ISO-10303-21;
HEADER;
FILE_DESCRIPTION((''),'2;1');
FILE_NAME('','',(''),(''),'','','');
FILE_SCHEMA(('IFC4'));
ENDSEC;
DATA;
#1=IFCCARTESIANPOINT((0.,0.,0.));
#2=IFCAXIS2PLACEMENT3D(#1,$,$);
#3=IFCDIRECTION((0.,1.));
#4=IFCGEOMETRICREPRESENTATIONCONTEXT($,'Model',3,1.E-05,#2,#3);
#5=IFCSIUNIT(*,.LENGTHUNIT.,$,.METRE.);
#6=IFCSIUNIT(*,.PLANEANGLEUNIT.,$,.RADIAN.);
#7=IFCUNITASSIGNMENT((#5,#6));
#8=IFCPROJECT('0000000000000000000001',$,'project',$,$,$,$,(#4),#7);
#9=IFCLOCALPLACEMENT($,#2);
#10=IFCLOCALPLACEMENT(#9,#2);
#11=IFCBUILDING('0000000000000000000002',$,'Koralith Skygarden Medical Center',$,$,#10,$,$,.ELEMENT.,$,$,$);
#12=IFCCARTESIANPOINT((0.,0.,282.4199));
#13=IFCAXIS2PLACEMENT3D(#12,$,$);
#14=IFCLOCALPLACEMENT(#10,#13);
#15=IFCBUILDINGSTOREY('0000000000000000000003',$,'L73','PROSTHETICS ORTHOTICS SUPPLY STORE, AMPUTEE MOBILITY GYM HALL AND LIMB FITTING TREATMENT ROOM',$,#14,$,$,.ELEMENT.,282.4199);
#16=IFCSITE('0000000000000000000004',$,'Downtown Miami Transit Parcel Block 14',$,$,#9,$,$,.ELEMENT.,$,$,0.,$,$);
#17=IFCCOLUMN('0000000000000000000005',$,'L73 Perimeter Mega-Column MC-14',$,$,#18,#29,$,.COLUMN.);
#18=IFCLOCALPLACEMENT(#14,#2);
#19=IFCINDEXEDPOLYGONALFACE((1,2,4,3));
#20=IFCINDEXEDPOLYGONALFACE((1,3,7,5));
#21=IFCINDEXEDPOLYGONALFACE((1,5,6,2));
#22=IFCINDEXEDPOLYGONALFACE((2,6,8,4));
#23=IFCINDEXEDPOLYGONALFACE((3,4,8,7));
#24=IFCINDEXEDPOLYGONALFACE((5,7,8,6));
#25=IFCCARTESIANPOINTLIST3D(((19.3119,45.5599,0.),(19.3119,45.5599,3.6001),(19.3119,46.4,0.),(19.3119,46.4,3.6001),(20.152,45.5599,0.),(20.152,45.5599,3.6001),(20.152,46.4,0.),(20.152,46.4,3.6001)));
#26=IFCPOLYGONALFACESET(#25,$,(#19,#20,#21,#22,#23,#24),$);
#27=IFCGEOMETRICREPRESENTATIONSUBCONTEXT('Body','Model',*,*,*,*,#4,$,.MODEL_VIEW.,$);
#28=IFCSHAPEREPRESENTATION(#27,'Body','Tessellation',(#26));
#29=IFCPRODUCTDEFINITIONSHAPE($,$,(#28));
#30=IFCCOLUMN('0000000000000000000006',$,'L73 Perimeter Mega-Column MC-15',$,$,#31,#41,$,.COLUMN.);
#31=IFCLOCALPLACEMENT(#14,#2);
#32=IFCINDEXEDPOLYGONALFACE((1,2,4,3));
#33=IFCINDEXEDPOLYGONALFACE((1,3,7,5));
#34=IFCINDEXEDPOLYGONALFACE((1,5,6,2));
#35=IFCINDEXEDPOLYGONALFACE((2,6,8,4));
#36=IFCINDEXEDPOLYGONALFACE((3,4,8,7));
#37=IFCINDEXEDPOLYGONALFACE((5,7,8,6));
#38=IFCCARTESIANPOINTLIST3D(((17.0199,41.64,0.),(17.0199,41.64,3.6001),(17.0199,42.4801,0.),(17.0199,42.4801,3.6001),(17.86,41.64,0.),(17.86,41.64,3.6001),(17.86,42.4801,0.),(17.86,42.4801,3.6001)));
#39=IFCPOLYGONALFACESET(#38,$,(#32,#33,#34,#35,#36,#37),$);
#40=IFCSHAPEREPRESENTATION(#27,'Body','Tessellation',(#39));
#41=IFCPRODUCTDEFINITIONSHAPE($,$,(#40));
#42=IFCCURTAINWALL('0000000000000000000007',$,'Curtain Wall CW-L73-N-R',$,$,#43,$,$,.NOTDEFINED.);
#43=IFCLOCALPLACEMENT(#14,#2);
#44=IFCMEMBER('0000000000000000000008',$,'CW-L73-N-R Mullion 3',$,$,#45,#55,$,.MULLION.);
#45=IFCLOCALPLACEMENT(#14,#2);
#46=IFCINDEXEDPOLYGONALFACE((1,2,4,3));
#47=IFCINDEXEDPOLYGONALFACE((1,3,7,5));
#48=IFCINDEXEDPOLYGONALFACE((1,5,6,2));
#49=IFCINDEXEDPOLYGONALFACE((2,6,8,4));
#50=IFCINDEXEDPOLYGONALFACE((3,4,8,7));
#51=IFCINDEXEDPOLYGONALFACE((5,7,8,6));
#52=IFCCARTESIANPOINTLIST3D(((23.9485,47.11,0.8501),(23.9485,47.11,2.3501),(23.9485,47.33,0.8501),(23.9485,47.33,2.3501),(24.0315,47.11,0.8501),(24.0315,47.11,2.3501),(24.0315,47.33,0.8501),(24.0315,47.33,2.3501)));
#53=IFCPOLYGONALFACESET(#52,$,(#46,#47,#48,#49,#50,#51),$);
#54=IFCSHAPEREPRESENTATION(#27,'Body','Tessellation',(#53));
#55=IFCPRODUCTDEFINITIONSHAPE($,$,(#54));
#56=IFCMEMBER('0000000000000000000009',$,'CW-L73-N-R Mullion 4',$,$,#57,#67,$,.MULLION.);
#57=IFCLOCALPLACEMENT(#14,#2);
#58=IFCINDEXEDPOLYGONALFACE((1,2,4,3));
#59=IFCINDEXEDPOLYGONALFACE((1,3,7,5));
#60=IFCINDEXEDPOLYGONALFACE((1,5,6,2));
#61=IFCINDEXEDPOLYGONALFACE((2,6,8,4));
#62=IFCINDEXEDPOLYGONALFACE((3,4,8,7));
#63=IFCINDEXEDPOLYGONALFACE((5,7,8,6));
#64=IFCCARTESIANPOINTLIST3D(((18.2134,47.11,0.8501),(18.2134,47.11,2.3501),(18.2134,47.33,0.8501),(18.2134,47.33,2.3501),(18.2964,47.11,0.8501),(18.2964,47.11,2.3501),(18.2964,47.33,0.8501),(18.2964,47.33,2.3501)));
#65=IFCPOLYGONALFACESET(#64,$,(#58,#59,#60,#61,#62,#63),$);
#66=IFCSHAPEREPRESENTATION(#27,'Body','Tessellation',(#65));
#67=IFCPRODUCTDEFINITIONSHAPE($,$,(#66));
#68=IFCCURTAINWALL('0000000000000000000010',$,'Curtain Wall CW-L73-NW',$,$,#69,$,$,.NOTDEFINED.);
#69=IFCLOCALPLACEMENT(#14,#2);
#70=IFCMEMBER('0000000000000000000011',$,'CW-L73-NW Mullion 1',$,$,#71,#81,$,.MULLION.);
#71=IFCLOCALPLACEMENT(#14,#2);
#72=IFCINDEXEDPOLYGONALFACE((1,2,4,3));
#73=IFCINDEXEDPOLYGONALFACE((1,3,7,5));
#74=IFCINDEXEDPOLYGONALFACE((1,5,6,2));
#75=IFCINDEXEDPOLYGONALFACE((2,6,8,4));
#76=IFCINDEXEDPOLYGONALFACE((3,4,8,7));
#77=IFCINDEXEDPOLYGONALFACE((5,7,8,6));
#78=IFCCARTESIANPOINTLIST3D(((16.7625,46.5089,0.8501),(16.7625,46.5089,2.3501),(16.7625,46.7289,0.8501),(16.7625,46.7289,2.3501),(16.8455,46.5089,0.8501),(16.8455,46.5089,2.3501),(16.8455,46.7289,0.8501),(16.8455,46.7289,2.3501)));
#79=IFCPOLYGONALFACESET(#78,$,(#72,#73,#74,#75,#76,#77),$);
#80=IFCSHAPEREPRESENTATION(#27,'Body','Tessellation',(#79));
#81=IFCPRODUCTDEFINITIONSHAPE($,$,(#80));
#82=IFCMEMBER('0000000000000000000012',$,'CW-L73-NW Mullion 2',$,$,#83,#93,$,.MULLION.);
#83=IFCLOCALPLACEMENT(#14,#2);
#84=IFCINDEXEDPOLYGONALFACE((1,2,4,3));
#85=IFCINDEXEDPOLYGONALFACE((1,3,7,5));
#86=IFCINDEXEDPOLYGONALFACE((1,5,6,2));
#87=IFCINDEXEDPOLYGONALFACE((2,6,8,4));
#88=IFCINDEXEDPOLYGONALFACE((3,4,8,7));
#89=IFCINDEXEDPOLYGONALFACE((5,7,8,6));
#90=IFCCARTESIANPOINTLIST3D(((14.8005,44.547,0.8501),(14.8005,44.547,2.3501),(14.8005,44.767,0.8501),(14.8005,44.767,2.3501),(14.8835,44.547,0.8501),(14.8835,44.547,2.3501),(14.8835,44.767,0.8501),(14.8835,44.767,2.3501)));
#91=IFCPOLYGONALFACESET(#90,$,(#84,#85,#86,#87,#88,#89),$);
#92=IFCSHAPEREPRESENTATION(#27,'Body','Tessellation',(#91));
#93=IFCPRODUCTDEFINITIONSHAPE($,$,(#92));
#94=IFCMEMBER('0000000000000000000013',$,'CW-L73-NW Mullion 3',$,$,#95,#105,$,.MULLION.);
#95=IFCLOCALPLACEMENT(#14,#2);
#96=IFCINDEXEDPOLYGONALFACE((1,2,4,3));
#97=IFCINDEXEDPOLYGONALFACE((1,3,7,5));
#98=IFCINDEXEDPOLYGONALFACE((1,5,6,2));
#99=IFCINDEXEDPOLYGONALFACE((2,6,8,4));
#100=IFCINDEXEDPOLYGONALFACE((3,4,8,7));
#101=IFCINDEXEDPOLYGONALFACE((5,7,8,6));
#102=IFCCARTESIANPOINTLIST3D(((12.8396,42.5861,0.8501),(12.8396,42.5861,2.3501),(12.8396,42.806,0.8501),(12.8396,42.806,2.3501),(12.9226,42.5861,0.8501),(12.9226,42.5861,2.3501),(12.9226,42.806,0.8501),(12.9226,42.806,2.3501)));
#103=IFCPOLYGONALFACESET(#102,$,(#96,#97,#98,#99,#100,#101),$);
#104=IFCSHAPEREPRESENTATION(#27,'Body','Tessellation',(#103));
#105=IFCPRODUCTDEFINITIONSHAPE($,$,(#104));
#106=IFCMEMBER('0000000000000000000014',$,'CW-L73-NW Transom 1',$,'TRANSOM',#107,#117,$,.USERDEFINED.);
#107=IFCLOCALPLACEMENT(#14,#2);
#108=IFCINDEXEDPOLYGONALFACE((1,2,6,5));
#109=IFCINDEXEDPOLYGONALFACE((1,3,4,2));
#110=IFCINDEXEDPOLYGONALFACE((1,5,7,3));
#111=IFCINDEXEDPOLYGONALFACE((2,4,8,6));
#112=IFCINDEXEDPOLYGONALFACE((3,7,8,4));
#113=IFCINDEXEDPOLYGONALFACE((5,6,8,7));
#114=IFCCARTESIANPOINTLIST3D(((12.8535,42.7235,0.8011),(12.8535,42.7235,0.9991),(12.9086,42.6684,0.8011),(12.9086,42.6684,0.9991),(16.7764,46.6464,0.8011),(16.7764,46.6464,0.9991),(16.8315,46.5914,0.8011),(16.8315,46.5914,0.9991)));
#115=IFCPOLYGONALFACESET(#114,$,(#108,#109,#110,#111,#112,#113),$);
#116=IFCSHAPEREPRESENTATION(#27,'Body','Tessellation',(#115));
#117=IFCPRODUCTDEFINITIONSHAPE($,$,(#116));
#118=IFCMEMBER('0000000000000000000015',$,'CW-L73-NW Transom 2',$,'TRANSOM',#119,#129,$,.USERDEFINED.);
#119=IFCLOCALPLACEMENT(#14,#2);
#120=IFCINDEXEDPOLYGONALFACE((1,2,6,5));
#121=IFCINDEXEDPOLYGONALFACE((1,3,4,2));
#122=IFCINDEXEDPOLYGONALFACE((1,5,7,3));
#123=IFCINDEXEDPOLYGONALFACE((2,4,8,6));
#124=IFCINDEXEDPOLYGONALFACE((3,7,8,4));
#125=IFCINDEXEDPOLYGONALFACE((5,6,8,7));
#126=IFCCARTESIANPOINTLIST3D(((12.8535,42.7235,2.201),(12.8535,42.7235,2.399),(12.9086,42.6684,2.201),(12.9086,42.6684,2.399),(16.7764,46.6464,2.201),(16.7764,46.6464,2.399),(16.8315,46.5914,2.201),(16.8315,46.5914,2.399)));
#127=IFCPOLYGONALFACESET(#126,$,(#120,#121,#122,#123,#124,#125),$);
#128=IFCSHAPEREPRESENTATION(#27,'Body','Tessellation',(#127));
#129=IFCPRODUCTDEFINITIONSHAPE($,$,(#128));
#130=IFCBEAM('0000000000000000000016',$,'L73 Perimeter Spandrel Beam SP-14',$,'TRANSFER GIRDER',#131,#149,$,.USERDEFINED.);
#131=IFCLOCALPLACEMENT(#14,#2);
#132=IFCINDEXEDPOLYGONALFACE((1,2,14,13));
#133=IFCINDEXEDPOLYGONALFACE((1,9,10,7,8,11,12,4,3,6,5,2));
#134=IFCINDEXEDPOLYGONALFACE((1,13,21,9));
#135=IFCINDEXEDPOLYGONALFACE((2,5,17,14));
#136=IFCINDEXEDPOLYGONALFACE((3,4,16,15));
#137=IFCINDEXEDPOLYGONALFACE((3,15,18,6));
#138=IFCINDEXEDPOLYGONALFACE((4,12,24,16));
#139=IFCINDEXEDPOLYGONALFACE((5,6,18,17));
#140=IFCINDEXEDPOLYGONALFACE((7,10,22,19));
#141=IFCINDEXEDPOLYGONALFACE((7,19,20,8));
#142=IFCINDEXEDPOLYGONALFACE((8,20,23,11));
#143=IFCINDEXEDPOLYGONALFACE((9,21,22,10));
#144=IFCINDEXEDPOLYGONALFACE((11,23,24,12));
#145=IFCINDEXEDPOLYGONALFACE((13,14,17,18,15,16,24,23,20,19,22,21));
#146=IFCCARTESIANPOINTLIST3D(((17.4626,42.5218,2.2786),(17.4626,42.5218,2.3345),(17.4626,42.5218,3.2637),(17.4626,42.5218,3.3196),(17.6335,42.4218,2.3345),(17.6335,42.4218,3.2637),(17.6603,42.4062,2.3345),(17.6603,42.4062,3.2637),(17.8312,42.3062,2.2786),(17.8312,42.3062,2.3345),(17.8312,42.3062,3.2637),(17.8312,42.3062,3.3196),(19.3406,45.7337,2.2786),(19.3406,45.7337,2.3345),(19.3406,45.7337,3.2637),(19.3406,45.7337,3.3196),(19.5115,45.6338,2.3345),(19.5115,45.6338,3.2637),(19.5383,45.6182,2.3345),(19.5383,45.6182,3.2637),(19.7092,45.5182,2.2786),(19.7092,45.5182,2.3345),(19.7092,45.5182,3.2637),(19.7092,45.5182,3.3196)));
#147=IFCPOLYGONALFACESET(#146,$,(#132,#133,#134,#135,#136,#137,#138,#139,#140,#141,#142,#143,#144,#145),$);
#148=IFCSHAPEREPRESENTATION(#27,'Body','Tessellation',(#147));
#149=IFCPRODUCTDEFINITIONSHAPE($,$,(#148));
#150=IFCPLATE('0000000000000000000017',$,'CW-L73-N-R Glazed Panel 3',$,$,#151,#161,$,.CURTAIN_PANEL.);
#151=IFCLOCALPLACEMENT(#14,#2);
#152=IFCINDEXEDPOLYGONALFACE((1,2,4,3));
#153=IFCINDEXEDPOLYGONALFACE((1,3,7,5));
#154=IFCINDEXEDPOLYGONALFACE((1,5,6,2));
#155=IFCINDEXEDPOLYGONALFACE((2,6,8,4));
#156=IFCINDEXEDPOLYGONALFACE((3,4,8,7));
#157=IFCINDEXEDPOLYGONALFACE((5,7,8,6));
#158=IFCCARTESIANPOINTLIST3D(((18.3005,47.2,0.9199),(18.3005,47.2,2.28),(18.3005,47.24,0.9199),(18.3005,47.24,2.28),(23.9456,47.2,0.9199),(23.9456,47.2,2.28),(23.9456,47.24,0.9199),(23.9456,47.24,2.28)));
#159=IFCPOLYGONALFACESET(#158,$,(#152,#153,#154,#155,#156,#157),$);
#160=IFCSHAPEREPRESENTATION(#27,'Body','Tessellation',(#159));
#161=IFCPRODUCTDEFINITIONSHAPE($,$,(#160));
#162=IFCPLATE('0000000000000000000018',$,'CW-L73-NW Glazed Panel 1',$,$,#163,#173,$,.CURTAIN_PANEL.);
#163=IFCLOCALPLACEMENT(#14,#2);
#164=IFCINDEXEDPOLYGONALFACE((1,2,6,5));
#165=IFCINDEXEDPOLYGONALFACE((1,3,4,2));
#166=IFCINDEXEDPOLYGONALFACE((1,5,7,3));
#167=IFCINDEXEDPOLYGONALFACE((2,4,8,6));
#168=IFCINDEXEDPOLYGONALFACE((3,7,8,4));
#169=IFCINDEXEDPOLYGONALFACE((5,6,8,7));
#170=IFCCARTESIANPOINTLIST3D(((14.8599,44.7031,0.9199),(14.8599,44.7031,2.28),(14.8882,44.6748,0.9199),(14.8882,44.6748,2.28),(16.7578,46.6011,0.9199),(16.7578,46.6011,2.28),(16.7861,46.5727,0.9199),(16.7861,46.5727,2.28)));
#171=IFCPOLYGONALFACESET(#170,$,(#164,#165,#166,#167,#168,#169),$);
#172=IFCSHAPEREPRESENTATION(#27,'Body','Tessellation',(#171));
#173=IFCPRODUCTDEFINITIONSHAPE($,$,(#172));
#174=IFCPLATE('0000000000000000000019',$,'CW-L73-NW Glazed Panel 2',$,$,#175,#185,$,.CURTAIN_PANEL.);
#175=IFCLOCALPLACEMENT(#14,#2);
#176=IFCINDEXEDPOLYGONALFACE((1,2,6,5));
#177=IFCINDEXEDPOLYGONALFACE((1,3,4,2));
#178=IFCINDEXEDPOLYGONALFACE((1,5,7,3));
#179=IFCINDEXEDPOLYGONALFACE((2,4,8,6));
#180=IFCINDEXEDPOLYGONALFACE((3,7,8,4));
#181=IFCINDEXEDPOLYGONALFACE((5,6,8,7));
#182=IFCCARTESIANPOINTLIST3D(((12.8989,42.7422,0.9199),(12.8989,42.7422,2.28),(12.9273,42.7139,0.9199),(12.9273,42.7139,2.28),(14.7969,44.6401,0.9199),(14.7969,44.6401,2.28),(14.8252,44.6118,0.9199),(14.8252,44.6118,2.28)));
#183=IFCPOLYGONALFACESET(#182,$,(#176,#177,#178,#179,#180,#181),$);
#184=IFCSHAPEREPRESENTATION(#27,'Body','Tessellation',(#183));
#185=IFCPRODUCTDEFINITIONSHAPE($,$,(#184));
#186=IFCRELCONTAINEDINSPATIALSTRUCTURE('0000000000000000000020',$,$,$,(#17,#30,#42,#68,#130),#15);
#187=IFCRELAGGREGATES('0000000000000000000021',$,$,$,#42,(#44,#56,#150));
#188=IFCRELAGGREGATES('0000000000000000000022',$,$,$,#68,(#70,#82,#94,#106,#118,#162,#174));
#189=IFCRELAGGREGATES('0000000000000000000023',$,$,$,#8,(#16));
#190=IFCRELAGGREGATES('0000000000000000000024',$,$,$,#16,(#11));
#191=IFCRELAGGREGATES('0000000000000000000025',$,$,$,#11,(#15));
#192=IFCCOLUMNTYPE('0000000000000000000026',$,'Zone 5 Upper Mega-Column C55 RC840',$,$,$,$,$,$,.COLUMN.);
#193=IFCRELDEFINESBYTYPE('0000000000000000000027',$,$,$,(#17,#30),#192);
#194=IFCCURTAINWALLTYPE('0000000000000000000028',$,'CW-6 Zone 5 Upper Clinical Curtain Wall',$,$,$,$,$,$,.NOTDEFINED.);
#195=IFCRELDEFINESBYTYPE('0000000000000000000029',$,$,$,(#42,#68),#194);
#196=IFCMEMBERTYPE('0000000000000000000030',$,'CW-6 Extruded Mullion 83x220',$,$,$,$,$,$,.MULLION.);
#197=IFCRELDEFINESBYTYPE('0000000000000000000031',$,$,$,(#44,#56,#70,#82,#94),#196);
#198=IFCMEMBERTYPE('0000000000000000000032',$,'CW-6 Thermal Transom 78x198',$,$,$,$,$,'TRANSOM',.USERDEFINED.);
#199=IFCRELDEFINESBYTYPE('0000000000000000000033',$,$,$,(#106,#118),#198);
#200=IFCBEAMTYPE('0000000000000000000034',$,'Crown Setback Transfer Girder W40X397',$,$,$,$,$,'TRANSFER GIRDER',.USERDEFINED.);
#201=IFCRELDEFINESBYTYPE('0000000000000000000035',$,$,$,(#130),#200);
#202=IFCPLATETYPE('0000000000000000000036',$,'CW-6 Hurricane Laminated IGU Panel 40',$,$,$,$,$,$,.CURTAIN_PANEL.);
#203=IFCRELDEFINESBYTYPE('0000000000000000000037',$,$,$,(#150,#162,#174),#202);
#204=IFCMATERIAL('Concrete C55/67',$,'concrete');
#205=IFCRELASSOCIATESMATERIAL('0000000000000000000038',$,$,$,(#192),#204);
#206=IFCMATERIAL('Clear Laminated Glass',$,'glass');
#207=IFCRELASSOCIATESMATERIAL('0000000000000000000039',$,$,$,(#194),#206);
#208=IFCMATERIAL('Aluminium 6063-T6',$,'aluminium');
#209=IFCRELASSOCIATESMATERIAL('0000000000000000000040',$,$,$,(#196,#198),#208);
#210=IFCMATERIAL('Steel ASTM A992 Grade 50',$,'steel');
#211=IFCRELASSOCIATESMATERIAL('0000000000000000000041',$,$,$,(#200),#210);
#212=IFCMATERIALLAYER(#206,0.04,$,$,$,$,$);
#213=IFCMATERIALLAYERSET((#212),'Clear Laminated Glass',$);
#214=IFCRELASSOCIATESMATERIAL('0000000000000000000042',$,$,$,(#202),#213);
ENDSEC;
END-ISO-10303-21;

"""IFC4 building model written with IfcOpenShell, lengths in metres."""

from ifc_helpers import new_model, si_unit, direction, frame, origin, origin_2d, place, context, subcontext, project, spatial, rectangle, i_section, extrude, material, layer, layer_set, material_profile, profile_set, type_object, element, aggregate, save


model = new_model("IFC4")

# Units and contexts
model_context = context("Model", 3, precision=1e-05, world=origin(), true_north=direction((0.0, 1.0)))
body_context = subcontext(model_context, "Body", "Model", "MODEL_VIEW")
ifc_project = project(units=[si_unit("LENGTHUNIT", "METRE"), si_unit("PLANEANGLEUNIT", "RADIAN")], contexts=[model_context])

# Site, building, storey
site_placement = place(None, origin())
site = spatial("IfcSite", under=ifc_project, at=site_placement, Name="Downtown Miami Transit Parcel Block 14", CompositionType="ELEMENT", RefElevation=0.0)
building_placement = place(site_placement, origin())
building = spatial("IfcBuilding", under=site, at=building_placement, Name="Koralith Skygarden Medical Center", CompositionType="ELEMENT")
storey_placement = place(building_placement, frame((0.0, 0.0, 282.4199)))
storey = spatial("IfcBuildingStorey", under=building, at=storey_placement, Name="L73", Description="PROSTHETICS ORTHOTICS SUPPLY STORE, AMPUTEE MOBILITY GYM HALL AND LIMB FITTING TREATMENT ROOM", CompositionType="ELEMENT", Elevation=282.4199)

# Columns
ifc_material_1 = material(Name="Concrete C55/67", Category="concrete")
ifc_material_profile_1 = material_profile(ifc_material_1, rectangle(XDim=0.8401, YDim=0.8401, at=origin_2d()), Name="RC840X840")
ifc_profile_set_1 = profile_set([ifc_material_profile_1], Name="Concrete C55/67")
column_type = type_object("IfcColumnType", Name="Zone 5 Upper Mega-Column C55 RC840", PredefinedType="COLUMN", material=ifc_profile_set_1)
for number, where, z_axis, x_axis, name in (
    (1, (19.7319, 45.98, 0.0), (0.0, 0.0, 1.0), (1.0, 0.0, 0.0), "L73 Perimeter Mega-Column MC-14"),
    (2, (17.4399, 42.0601, 0.0), (0.0, 0.0, 1.0), (1.0, 0.0, 0.0), "L73 Perimeter Mega-Column MC-15"),
):
    element("IfcColumn", number, at=place(storey_placement, frame(where, z_axis=z_axis, x_axis=x_axis)), inside=storey, type_object=column_type, Name=name, PredefinedType="COLUMN", context=body_context, shape_type="SweptSolid", body=[
        extrude(rectangle(XDim=0.8401, YDim=0.8401, at=origin_2d()), origin(), (0.0, 0.0, 1.0), 3.6001),
    ])

# Curtain walls, members
ifc_material_2 = material(Name="Clear Laminated Glass", Category="glass")
curtain_wall_type = type_object("IfcCurtainWallType", Name="CW-6 Zone 5 Upper Clinical Curtain Wall", PredefinedType="NOTDEFINED", material=ifc_material_2)
curtain_wall_1_placement = place(storey_placement, origin())
curtain_wall_1 = element("IfcCurtainWall", 3, at=curtain_wall_1_placement, inside=storey, type_object=curtain_wall_type, Name="Curtain Wall CW-L73-N-R", PredefinedType="NOTDEFINED")
ifc_material_3 = material(Name="Aluminium 6063-T6", Category="aluminium")
ifc_material_profile_2 = material_profile(ifc_material_3, rectangle(XDim=0.083, YDim=0.22, at=origin_2d()), Name="MUL83X220")
ifc_profile_set_2 = profile_set([ifc_material_profile_2], Name="Aluminium 6063-T6")
member_type_1 = type_object("IfcMemberType", Name="CW-6 Extruded Mullion 83x220", PredefinedType="MULLION", material=ifc_profile_set_2)
member_1_placement = place(storey_placement, frame((23.99, 47.22, 0.8501), z_axis=(0.0, 0.0, 1.0), x_axis=(1.0, 0.0, 0.0)))
member_1 = element("IfcMember", 4, at=member_1_placement, type_object=member_type_1, Name="CW-L73-N-R Mullion 3", PredefinedType="MULLION", context=body_context, shape_type="SweptSolid", body=[
    extrude(rectangle(XDim=0.083, YDim=0.22, at=origin_2d()), origin(), (0.0, 0.0, 1.0), 1.5),
])
member_2_placement = place(storey_placement, frame((18.2549, 47.22, 0.8501), z_axis=(0.0, 0.0, 1.0), x_axis=(1.0, 0.0, 0.0)))
member_2 = element("IfcMember", 5, at=member_2_placement, type_object=member_type_1, Name="CW-L73-N-R Mullion 4", PredefinedType="MULLION", context=body_context, shape_type="SweptSolid", body=[
    extrude(rectangle(XDim=0.083, YDim=0.22, at=origin_2d()), origin(), (0.0, 0.0, 1.0), 1.5),
])
curtain_wall_2_placement = place(storey_placement, origin())
curtain_wall_2 = element("IfcCurtainWall", 6, at=curtain_wall_2_placement, inside=storey, type_object=curtain_wall_type, Name="Curtain Wall CW-L73-NW", PredefinedType="NOTDEFINED")
member_3_placement = place(storey_placement, frame((16.804, 46.6189, 0.8501), z_axis=(0.0, 0.0, 1.0), x_axis=(1.0, 0.0, 0.0)))
member_3 = element("IfcMember", 7, at=member_3_placement, type_object=member_type_1, Name="CW-L73-NW Mullion 1", PredefinedType="MULLION", context=body_context, shape_type="SweptSolid", body=[
    extrude(rectangle(XDim=0.083, YDim=0.22, at=origin_2d()), origin(), (0.0, 0.0, 1.0), 1.5),
])
member_4_placement = place(storey_placement, frame((14.842, 44.657, 0.8501), z_axis=(0.0, 0.0, 1.0), x_axis=(1.0, 0.0, 0.0)))
member_4 = element("IfcMember", 8, at=member_4_placement, type_object=member_type_1, Name="CW-L73-NW Mullion 2", PredefinedType="MULLION", context=body_context, shape_type="SweptSolid", body=[
    extrude(rectangle(XDim=0.083, YDim=0.22, at=origin_2d()), origin(), (0.0, 0.0, 1.0), 1.5),
])
member_5_placement = place(storey_placement, frame((12.8811, 42.696, 0.8501), z_axis=(0.0, 0.0, 1.0), x_axis=(1.0, 0.0, 0.0)))
member_5 = element("IfcMember", 9, at=member_5_placement, type_object=member_type_1, Name="CW-L73-NW Mullion 3", PredefinedType="MULLION", context=body_context, shape_type="SweptSolid", body=[
    extrude(rectangle(XDim=0.083, YDim=0.22, at=origin_2d()), origin(), (0.0, 0.0, 1.0), 1.5),
])
ifc_material_profile_3 = material_profile(ifc_material_3, rectangle(XDim=0.0779, YDim=0.198, at=origin_2d()), Name="TRN78X198")
ifc_profile_set_3 = profile_set([ifc_material_profile_3], Name="Aluminium 6063-T6")
member_type_2 = type_object("IfcMemberType", Name="CW-6 Thermal Transom 78x198", ElementType="TRANSOM", PredefinedType="USERDEFINED", material=ifc_profile_set_3)
member_6_placement = place(storey_placement, frame((16.804, 46.6189, 0.9001), z_axis=(-0.707107, -0.707107, 0.0), x_axis=(0.707107, -0.707107, 0.0)))
member_6 = element("IfcMember", 10, at=member_6_placement, type_object=member_type_2, Name="CW-L73-NW Transom 1", ObjectType="TRANSOM", PredefinedType="USERDEFINED", context=body_context, shape_type="SweptSolid", body=[
    extrude(rectangle(XDim=0.0779, YDim=0.198, at=origin_2d()), origin(), (0.0, 0.0, 1.0), 5.5479),
])
member_7_placement = place(storey_placement, frame((16.804, 46.6189, 2.3), z_axis=(-0.707107, -0.707107, 0.0), x_axis=(0.707107, -0.707107, 0.0)))
member_7 = element("IfcMember", 11, at=member_7_placement, type_object=member_type_2, Name="CW-L73-NW Transom 2", ObjectType="TRANSOM", PredefinedType="USERDEFINED", context=body_context, shape_type="SweptSolid", body=[
    extrude(rectangle(XDim=0.0779, YDim=0.198, at=origin_2d()), origin(), (0.0, 0.0, 1.0), 5.5479),
])

# Beam
ifc_material_4 = material(Name="Steel ASTM A992 Grade 50", Category="steel")
ifc_material_profile_4 = material_profile(ifc_material_4, i_section(OverallWidth=0.427, OverallDepth=1.041, WebThickness=0.031, FlangeThickness=0.0559, at=origin_2d()), Name="W40X397")
ifc_profile_set_4 = profile_set([ifc_material_profile_4], Name="Steel ASTM A992 Grade 50")
beam_type = type_object("IfcBeamType", Name="Crown Setback Transfer Girder W40X397", ElementType="TRANSFER GIRDER", PredefinedType="USERDEFINED", material=ifc_profile_set_4)
beam_placement = place(storey_placement, frame((19.5249, 45.626, 2.7991), z_axis=(-0.504736, -0.863274, 0.0), x_axis=(0.863274, -0.504736, 0.0)))
element("IfcBeam", 12, at=beam_placement, inside=storey, type_object=beam_type, Name="L73 Perimeter Spandrel Beam SP-14", ObjectType="TRANSFER GIRDER", PredefinedType="USERDEFINED", context=body_context, shape_type="SweptSolid", body=[
    extrude(i_section(OverallWidth=0.427, OverallDepth=1.041, WebThickness=0.031, FlangeThickness=0.0559, at=origin_2d()), origin(), (0.0, 0.0, 1.0), 3.7207),
])

# Plates
ifc_layer_1 = layer(ifc_material_2, 0.04)
ifc_layer_set_1 = layer_set([ifc_layer_1], Name="Clear Laminated Glass")
plate_type_1 = type_object("IfcPlateType", Name="CW-6 Hurricane Laminated IGU Panel 40", PredefinedType="CURTAIN_PANEL", material=ifc_layer_set_1)
plate_1_placement = place(storey_placement, frame((21.123, 47.22, 0.9199), z_axis=(0.0, 0.0, 1.0), x_axis=(-1.0, 0.0, 0.0)))
plate_1 = element("IfcPlate", 13, at=plate_1_placement, type_object=plate_type_1, Name="CW-L73-N-R Glazed Panel 3", PredefinedType="CURTAIN_PANEL", context=body_context, shape_type="SweptSolid", body=[
    extrude(rectangle(XDim=5.645, YDim=0.04, at=origin_2d()), origin(), (0.0, 0.0, 1.0), 1.3601),
])
aggregate(curtain_wall_1, [member_1, member_2, plate_1])
plate_2_placement = place(storey_placement, frame((15.823, 45.6379, 0.9199), z_axis=(0.0, 0.0, 1.0), x_axis=(-0.707107, -0.707107, 0.0)))
plate_2 = element("IfcPlate", 14, at=plate_2_placement, type_object=plate_type_1, Name="CW-L73-NW Glazed Panel 1", PredefinedType="CURTAIN_PANEL", context=body_context, shape_type="SweptSolid", body=[
    extrude(rectangle(XDim=2.6841, YDim=0.04, at=origin_2d()), origin(), (0.0, 0.0, 1.0), 1.3601),
])
plate_3_placement = place(storey_placement, frame((13.8621, 43.677, 0.9199), z_axis=(0.0, 0.0, 1.0), x_axis=(-0.707107, -0.707107, 0.0)))
plate_3 = element("IfcPlate", 15, at=plate_3_placement, type_object=plate_type_1, Name="CW-L73-NW Glazed Panel 2", PredefinedType="CURTAIN_PANEL", context=body_context, shape_type="SweptSolid", body=[
    extrude(rectangle(XDim=2.6841, YDim=0.04, at=origin_2d()), origin(), (0.0, 0.0, 1.0), 1.3601),
])
aggregate(curtain_wall_2, [member_3, member_4, member_5, member_6, member_7, plate_2, plate_3])

save(model, "model.ifc")
